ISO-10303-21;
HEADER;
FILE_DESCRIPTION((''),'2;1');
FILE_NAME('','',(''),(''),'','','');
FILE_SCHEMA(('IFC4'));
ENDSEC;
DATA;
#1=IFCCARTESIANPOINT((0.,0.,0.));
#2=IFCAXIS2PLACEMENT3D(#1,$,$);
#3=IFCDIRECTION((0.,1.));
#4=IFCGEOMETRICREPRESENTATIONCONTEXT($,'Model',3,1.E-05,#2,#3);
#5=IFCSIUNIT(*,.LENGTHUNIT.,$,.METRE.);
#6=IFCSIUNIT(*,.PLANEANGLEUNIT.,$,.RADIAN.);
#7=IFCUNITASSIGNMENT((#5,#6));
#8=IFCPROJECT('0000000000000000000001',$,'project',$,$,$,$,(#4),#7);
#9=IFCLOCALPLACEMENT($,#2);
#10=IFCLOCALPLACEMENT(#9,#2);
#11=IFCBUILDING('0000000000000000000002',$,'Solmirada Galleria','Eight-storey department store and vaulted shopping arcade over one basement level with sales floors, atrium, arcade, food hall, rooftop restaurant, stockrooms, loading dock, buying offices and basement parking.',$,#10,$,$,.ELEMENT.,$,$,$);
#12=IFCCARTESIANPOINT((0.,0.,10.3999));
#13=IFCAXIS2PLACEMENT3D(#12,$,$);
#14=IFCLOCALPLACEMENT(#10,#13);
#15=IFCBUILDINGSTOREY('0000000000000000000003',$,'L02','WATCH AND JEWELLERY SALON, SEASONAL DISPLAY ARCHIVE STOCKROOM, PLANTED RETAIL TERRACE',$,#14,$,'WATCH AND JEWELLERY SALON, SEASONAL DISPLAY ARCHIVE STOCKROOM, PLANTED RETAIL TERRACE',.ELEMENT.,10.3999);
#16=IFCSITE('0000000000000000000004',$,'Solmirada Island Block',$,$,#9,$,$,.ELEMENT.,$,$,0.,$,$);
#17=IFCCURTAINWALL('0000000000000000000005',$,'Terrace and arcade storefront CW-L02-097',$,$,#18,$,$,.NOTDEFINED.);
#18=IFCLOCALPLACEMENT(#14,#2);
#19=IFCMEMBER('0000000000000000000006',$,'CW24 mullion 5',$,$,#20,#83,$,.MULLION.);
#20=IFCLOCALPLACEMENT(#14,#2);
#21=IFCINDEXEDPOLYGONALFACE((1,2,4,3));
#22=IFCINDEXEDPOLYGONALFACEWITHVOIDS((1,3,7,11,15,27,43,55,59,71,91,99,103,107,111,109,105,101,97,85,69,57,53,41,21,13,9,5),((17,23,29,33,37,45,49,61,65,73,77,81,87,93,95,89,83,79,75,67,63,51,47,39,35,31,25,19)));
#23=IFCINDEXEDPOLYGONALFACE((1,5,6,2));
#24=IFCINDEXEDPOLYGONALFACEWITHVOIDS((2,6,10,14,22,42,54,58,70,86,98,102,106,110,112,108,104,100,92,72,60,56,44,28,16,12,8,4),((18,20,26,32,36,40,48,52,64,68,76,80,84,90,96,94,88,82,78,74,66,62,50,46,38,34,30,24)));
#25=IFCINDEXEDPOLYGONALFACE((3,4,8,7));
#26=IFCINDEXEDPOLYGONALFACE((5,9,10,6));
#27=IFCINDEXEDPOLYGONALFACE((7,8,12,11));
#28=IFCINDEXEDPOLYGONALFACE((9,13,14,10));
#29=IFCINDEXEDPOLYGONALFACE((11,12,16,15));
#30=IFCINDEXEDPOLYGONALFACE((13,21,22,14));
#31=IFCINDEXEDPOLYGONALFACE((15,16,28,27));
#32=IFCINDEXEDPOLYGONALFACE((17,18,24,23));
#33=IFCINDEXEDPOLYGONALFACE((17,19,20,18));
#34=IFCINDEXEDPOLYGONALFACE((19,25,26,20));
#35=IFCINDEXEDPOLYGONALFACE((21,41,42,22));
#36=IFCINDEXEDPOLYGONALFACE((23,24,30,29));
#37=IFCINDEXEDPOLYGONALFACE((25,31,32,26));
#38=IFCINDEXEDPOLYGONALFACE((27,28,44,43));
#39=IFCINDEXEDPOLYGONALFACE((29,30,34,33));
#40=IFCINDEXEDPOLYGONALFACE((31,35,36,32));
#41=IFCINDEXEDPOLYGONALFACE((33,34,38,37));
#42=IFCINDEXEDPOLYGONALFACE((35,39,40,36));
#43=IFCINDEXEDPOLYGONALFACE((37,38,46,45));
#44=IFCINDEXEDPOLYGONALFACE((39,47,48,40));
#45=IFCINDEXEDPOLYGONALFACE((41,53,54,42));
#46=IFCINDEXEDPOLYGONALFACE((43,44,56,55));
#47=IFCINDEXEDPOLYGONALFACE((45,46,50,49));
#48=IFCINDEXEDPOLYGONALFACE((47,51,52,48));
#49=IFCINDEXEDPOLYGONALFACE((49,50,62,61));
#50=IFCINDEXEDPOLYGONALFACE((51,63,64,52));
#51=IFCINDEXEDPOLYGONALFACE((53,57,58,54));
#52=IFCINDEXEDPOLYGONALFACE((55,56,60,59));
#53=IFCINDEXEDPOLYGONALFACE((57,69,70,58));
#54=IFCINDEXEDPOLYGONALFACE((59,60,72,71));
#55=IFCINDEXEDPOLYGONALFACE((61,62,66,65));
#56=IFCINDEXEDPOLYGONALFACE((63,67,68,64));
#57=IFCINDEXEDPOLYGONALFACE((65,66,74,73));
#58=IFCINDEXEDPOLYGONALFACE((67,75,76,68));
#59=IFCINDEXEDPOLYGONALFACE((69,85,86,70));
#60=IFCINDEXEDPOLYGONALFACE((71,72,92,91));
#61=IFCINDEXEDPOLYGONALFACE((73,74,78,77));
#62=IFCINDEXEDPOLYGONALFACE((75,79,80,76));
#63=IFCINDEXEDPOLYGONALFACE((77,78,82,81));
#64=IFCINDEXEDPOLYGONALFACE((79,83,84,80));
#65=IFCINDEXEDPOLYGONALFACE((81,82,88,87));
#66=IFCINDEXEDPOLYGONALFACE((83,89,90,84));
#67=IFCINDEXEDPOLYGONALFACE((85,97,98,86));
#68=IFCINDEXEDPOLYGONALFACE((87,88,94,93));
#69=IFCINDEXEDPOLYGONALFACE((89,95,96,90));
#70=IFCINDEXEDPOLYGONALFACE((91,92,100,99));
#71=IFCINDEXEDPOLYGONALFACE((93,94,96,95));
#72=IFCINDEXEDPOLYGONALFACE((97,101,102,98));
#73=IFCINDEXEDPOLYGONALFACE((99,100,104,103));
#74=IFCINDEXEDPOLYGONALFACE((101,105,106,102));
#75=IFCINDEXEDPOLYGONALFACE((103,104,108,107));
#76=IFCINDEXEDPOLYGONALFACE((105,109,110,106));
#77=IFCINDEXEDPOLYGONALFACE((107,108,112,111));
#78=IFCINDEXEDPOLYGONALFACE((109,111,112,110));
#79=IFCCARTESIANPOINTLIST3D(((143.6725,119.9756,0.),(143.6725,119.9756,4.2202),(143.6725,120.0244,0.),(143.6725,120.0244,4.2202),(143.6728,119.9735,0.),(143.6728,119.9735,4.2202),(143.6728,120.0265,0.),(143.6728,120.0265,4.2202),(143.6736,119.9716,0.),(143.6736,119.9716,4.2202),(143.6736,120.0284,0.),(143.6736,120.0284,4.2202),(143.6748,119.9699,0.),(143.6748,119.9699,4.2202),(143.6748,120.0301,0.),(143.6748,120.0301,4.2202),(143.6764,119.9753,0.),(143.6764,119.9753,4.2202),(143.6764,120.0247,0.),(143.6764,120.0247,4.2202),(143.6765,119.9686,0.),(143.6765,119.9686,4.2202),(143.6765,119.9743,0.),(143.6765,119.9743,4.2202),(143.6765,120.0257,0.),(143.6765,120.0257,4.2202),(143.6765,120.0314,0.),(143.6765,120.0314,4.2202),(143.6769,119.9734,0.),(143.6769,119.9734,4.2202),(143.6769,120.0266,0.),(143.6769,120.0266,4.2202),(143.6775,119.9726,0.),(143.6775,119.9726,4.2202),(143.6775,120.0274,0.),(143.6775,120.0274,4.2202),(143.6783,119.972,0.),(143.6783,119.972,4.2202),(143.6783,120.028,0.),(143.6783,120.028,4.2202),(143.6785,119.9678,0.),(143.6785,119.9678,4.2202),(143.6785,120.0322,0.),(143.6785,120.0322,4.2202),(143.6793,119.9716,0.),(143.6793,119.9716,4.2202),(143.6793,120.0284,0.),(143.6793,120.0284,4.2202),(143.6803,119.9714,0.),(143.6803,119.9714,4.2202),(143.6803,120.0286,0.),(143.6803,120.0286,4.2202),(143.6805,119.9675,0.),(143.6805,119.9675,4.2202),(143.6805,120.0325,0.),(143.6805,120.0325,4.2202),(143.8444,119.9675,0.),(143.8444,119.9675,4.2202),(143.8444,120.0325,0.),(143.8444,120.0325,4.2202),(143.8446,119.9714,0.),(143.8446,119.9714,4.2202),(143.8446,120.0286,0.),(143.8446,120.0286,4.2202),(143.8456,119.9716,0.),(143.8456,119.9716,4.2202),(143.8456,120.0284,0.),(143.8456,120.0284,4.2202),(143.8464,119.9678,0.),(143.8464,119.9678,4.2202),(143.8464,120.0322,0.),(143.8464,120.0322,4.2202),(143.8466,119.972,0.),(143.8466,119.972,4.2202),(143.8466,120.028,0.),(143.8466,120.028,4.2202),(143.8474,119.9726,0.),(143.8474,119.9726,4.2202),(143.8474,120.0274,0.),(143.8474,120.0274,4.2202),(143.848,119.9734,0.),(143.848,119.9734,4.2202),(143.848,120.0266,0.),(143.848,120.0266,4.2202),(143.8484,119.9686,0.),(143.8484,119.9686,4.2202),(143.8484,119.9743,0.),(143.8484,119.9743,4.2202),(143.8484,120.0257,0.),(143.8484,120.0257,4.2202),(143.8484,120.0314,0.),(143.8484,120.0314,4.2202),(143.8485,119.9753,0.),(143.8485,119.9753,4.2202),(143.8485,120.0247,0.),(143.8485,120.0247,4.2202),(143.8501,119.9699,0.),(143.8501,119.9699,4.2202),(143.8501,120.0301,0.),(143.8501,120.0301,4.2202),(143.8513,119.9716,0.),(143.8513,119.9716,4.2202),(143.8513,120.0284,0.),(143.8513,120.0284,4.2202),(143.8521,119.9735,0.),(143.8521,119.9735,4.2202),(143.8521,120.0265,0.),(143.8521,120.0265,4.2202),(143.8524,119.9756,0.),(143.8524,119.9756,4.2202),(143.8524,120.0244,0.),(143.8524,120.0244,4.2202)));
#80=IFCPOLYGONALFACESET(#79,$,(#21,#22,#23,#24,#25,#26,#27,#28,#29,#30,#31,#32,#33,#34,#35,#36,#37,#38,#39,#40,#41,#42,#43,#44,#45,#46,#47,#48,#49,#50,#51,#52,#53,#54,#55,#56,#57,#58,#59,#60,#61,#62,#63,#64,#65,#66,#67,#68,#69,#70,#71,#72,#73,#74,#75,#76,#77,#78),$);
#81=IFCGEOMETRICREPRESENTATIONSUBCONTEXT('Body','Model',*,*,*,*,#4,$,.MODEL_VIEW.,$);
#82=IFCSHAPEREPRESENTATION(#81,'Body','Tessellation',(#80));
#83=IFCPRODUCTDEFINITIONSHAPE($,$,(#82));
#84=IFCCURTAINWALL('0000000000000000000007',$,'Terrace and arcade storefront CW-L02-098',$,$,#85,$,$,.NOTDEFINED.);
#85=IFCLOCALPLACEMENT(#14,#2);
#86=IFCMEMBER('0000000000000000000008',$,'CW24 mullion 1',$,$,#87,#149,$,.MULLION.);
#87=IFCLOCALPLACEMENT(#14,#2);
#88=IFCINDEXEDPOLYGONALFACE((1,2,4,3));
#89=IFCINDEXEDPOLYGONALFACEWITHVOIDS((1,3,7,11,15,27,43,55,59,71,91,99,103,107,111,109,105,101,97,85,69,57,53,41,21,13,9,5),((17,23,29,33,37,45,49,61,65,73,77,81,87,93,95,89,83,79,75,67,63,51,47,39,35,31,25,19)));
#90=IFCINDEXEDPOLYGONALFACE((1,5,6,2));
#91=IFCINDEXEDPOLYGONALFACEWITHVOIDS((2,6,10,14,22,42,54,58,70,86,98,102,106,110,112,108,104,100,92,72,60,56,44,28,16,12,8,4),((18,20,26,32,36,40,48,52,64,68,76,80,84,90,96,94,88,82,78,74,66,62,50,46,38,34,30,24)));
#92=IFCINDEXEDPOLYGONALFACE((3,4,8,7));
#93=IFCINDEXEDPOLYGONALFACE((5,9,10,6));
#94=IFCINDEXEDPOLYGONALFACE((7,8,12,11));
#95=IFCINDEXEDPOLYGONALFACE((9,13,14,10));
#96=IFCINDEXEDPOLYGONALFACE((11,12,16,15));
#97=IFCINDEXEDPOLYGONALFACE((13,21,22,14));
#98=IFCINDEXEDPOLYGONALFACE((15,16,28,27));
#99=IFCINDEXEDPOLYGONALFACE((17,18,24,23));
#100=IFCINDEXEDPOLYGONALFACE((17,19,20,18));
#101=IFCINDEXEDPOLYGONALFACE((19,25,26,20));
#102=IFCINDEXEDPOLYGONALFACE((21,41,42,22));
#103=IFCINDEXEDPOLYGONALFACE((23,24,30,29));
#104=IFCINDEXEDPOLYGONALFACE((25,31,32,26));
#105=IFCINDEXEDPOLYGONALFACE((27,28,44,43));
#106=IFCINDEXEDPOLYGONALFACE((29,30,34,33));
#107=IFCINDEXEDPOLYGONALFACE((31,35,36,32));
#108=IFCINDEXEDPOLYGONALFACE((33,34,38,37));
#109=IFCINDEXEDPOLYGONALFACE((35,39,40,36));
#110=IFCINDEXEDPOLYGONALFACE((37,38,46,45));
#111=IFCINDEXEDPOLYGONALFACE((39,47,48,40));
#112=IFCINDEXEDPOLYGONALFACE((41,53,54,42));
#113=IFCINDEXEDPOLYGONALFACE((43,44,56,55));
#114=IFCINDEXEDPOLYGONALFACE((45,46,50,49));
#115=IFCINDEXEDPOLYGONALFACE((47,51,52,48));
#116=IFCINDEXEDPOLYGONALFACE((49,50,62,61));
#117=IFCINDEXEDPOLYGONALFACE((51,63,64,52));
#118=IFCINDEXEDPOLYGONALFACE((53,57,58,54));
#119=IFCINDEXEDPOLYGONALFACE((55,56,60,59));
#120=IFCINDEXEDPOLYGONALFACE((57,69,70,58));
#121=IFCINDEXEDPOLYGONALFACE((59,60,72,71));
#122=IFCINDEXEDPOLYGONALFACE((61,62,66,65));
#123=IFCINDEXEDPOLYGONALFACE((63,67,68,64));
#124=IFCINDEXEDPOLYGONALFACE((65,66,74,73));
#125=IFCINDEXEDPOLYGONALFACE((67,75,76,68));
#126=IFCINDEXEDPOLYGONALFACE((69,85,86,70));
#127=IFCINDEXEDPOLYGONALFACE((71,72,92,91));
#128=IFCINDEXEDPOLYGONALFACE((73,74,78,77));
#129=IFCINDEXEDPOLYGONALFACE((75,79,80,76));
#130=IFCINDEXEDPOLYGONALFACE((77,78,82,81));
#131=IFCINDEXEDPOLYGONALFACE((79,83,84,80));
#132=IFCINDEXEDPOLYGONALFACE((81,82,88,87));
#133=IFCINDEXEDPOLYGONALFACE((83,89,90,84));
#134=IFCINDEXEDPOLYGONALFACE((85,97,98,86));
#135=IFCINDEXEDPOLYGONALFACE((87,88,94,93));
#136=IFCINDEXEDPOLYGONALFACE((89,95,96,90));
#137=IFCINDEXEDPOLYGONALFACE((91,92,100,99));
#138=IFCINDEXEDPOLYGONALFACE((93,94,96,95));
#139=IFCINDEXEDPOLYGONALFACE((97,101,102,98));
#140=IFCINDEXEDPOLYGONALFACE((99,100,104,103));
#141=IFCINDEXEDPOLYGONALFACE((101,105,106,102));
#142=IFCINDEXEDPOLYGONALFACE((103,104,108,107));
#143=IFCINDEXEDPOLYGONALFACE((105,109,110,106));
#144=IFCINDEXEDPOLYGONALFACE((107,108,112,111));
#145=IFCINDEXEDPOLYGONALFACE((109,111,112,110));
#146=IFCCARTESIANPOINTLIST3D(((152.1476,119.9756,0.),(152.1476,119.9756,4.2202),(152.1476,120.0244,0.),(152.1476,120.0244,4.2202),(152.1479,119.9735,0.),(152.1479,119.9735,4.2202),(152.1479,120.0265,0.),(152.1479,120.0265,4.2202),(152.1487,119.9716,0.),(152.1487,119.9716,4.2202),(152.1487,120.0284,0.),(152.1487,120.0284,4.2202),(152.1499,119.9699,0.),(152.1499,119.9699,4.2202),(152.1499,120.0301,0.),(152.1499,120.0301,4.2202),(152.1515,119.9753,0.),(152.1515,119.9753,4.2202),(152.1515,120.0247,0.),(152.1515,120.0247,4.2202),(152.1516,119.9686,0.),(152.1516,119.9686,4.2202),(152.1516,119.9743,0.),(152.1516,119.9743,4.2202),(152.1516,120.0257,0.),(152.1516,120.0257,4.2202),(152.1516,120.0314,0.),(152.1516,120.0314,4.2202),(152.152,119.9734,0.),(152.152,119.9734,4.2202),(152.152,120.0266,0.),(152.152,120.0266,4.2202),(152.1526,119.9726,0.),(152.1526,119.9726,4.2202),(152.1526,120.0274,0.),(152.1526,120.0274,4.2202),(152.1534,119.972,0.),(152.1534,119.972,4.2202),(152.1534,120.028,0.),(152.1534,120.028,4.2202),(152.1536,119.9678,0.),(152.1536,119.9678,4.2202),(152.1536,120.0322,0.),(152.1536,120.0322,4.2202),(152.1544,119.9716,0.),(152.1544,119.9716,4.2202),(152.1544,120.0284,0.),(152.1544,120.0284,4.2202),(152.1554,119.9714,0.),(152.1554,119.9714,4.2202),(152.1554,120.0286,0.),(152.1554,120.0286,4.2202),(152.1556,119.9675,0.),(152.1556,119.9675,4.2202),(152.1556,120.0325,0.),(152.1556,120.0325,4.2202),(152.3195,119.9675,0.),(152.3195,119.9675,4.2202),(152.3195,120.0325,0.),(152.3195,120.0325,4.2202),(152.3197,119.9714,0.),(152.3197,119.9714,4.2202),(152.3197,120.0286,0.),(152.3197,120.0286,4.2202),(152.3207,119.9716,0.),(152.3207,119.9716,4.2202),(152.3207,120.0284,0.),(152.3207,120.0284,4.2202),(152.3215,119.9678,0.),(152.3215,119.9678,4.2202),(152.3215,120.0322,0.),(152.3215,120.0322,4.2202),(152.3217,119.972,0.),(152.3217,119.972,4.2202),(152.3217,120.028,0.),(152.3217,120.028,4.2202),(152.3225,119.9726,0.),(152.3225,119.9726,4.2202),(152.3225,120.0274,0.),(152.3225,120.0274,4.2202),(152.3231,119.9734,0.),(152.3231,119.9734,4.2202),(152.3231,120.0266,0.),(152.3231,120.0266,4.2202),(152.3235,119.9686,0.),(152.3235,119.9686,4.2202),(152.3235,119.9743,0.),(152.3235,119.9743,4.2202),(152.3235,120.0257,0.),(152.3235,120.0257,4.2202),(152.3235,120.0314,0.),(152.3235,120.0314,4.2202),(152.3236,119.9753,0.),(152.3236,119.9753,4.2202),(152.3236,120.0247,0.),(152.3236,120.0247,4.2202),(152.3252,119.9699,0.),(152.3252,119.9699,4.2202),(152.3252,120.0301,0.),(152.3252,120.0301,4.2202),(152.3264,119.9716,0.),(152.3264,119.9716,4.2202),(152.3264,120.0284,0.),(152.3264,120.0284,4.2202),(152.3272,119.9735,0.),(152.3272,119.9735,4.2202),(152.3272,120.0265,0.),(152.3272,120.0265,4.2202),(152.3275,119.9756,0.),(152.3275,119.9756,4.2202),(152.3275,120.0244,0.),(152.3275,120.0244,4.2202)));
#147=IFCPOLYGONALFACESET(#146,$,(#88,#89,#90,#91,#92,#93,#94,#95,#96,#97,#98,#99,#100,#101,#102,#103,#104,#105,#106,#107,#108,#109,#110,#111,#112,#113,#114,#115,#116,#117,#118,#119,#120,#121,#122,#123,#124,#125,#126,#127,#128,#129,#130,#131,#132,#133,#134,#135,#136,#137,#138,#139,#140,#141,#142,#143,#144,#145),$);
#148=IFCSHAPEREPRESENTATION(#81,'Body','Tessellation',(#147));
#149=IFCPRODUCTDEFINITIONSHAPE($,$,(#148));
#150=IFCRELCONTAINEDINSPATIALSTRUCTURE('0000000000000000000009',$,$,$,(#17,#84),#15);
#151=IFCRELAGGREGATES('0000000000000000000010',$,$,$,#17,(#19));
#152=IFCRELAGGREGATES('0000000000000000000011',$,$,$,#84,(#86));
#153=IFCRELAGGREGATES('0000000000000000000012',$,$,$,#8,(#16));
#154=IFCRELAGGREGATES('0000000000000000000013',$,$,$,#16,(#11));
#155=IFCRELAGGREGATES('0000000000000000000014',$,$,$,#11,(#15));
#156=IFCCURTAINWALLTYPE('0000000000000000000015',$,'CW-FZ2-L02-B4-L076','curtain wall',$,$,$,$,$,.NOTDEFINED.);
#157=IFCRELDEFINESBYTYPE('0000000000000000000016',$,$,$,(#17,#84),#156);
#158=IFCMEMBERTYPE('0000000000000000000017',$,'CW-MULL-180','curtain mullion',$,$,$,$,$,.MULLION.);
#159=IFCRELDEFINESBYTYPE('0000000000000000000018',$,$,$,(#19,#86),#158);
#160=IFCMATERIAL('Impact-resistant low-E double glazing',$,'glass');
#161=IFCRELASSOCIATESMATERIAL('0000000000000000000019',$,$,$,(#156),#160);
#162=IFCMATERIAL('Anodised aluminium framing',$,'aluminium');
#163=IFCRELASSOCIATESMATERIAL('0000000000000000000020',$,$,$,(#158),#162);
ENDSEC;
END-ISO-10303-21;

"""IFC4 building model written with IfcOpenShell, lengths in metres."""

from ifc_helpers import new_model, si_unit, direction, frame, origin, origin_2d, place, context, subcontext, project, spatial, hollow_rectangle, extrude, material, material_profile, profile_set, type_object, element, aggregate, save


model = new_model("IFC4")

# Units and contexts
model_context = context("Model", 3, precision=1e-05, world=origin(), true_north=direction((0.0, 1.0)))
body_context = subcontext(model_context, "Body", "Model", "MODEL_VIEW")
ifc_project = project(units=[si_unit("LENGTHUNIT", "METRE"), si_unit("PLANEANGLEUNIT", "RADIAN")], contexts=[model_context])

# Site, building, storey
site_placement = place(None, origin())
site = spatial("IfcSite", under=ifc_project, at=site_placement, Name="Solmirada Island Block", CompositionType="ELEMENT", RefElevation=0.0)
building_placement = place(site_placement, origin())
building = spatial("IfcBuilding", under=site, at=building_placement, Name="Solmirada Galleria", Description="Eight-storey department store and vaulted shopping arcade over one basement level with sales floors, atrium, arcade, food hall, rooftop restaurant, stockrooms, loading dock, buying offices and basement parking.", CompositionType="ELEMENT")
storey_placement = place(building_placement, frame((0.0, 0.0, 10.3999)))
storey = spatial("IfcBuildingStorey", under=building, at=storey_placement, Name="L02", Description="WATCH AND JEWELLERY SALON, SEASONAL DISPLAY ARCHIVE STOCKROOM, PLANTED RETAIL TERRACE", LongName="WATCH AND JEWELLERY SALON, SEASONAL DISPLAY ARCHIVE STOCKROOM, PLANTED RETAIL TERRACE", CompositionType="ELEMENT", Elevation=10.3999)

# Curtain wall, member
ifc_material_1 = material(Name="Impact-resistant low-E double glazing", Category="glass")
curtain_wall_type = type_object("IfcCurtainWallType", Name="CW-FZ2-L02-B4-L076", Description="curtain wall", PredefinedType="NOTDEFINED", material=ifc_material_1)
curtain_wall_1_placement = place(storey_placement, origin())
curtain_wall_1 = element("IfcCurtainWall", 1, at=curtain_wall_1_placement, inside=storey, type_object=curtain_wall_type, Name="Terrace and arcade storefront CW-L02-097", PredefinedType="NOTDEFINED")
ifc_material_2 = material(Name="Anodised aluminium framing", Category="aluminium")
ifc_material_profile_1 = material_profile(ifc_material_2, hollow_rectangle(XDim=0.0649, YDim=0.1799, WallThickness=0.0039, InnerFilletRadius=0.0039, OuterFilletRadius=0.0081, at=origin_2d()), Name="ALU-MULL-180X65")
ifc_profile_set_1 = profile_set([ifc_material_profile_1], Name="Anodised aluminium framing")
member_type_1 = type_object("IfcMemberType", Name="CW-MULL-180", Description="curtain mullion", PredefinedType="MULLION", material=ifc_profile_set_1)
member_1_placement = place(storey_placement, frame((143.7625, 120.0, 0.0), z_axis=(0.0, 0.0, 1.0), x_axis=(0.0, 1.0, 0.0)))
member_1 = element("IfcMember", 2, at=member_1_placement, type_object=member_type_1, Name="CW24 mullion 5", PredefinedType="MULLION", context=body_context, shape_type="SweptSolid", body=[
    extrude(hollow_rectangle(XDim=0.0649, YDim=0.1799, WallThickness=0.0039, InnerFilletRadius=0.0039, OuterFilletRadius=0.0081, at=origin_2d()), origin(), (0.0, 0.0, 1.0), 4.2202),
])

# Curtain wall, member
curtain_wall_2_placement = place(storey_placement, origin())
curtain_wall_2 = element("IfcCurtainWall", 3, at=curtain_wall_2_placement, inside=storey, type_object=curtain_wall_type, Name="Terrace and arcade storefront CW-L02-098", PredefinedType="NOTDEFINED")
member_2_placement = place(storey_placement, frame((152.2375, 120.0, 0.0), z_axis=(0.0, 0.0, 1.0), x_axis=(0.0, 1.0, 0.0)))
member_2 = element("IfcMember", 4, at=member_2_placement, type_object=member_type_1, Name="CW24 mullion 1", PredefinedType="MULLION", context=body_context, shape_type="SweptSolid", body=[
    extrude(hollow_rectangle(XDim=0.0649, YDim=0.1799, WallThickness=0.0039, InnerFilletRadius=0.0039, OuterFilletRadius=0.0081, at=origin_2d()), origin(), (0.0, 0.0, 1.0), 4.2202),
])

aggregate(curtain_wall_1, [member_1])
aggregate(curtain_wall_2, [member_2])

save(model, "model.ifc")
